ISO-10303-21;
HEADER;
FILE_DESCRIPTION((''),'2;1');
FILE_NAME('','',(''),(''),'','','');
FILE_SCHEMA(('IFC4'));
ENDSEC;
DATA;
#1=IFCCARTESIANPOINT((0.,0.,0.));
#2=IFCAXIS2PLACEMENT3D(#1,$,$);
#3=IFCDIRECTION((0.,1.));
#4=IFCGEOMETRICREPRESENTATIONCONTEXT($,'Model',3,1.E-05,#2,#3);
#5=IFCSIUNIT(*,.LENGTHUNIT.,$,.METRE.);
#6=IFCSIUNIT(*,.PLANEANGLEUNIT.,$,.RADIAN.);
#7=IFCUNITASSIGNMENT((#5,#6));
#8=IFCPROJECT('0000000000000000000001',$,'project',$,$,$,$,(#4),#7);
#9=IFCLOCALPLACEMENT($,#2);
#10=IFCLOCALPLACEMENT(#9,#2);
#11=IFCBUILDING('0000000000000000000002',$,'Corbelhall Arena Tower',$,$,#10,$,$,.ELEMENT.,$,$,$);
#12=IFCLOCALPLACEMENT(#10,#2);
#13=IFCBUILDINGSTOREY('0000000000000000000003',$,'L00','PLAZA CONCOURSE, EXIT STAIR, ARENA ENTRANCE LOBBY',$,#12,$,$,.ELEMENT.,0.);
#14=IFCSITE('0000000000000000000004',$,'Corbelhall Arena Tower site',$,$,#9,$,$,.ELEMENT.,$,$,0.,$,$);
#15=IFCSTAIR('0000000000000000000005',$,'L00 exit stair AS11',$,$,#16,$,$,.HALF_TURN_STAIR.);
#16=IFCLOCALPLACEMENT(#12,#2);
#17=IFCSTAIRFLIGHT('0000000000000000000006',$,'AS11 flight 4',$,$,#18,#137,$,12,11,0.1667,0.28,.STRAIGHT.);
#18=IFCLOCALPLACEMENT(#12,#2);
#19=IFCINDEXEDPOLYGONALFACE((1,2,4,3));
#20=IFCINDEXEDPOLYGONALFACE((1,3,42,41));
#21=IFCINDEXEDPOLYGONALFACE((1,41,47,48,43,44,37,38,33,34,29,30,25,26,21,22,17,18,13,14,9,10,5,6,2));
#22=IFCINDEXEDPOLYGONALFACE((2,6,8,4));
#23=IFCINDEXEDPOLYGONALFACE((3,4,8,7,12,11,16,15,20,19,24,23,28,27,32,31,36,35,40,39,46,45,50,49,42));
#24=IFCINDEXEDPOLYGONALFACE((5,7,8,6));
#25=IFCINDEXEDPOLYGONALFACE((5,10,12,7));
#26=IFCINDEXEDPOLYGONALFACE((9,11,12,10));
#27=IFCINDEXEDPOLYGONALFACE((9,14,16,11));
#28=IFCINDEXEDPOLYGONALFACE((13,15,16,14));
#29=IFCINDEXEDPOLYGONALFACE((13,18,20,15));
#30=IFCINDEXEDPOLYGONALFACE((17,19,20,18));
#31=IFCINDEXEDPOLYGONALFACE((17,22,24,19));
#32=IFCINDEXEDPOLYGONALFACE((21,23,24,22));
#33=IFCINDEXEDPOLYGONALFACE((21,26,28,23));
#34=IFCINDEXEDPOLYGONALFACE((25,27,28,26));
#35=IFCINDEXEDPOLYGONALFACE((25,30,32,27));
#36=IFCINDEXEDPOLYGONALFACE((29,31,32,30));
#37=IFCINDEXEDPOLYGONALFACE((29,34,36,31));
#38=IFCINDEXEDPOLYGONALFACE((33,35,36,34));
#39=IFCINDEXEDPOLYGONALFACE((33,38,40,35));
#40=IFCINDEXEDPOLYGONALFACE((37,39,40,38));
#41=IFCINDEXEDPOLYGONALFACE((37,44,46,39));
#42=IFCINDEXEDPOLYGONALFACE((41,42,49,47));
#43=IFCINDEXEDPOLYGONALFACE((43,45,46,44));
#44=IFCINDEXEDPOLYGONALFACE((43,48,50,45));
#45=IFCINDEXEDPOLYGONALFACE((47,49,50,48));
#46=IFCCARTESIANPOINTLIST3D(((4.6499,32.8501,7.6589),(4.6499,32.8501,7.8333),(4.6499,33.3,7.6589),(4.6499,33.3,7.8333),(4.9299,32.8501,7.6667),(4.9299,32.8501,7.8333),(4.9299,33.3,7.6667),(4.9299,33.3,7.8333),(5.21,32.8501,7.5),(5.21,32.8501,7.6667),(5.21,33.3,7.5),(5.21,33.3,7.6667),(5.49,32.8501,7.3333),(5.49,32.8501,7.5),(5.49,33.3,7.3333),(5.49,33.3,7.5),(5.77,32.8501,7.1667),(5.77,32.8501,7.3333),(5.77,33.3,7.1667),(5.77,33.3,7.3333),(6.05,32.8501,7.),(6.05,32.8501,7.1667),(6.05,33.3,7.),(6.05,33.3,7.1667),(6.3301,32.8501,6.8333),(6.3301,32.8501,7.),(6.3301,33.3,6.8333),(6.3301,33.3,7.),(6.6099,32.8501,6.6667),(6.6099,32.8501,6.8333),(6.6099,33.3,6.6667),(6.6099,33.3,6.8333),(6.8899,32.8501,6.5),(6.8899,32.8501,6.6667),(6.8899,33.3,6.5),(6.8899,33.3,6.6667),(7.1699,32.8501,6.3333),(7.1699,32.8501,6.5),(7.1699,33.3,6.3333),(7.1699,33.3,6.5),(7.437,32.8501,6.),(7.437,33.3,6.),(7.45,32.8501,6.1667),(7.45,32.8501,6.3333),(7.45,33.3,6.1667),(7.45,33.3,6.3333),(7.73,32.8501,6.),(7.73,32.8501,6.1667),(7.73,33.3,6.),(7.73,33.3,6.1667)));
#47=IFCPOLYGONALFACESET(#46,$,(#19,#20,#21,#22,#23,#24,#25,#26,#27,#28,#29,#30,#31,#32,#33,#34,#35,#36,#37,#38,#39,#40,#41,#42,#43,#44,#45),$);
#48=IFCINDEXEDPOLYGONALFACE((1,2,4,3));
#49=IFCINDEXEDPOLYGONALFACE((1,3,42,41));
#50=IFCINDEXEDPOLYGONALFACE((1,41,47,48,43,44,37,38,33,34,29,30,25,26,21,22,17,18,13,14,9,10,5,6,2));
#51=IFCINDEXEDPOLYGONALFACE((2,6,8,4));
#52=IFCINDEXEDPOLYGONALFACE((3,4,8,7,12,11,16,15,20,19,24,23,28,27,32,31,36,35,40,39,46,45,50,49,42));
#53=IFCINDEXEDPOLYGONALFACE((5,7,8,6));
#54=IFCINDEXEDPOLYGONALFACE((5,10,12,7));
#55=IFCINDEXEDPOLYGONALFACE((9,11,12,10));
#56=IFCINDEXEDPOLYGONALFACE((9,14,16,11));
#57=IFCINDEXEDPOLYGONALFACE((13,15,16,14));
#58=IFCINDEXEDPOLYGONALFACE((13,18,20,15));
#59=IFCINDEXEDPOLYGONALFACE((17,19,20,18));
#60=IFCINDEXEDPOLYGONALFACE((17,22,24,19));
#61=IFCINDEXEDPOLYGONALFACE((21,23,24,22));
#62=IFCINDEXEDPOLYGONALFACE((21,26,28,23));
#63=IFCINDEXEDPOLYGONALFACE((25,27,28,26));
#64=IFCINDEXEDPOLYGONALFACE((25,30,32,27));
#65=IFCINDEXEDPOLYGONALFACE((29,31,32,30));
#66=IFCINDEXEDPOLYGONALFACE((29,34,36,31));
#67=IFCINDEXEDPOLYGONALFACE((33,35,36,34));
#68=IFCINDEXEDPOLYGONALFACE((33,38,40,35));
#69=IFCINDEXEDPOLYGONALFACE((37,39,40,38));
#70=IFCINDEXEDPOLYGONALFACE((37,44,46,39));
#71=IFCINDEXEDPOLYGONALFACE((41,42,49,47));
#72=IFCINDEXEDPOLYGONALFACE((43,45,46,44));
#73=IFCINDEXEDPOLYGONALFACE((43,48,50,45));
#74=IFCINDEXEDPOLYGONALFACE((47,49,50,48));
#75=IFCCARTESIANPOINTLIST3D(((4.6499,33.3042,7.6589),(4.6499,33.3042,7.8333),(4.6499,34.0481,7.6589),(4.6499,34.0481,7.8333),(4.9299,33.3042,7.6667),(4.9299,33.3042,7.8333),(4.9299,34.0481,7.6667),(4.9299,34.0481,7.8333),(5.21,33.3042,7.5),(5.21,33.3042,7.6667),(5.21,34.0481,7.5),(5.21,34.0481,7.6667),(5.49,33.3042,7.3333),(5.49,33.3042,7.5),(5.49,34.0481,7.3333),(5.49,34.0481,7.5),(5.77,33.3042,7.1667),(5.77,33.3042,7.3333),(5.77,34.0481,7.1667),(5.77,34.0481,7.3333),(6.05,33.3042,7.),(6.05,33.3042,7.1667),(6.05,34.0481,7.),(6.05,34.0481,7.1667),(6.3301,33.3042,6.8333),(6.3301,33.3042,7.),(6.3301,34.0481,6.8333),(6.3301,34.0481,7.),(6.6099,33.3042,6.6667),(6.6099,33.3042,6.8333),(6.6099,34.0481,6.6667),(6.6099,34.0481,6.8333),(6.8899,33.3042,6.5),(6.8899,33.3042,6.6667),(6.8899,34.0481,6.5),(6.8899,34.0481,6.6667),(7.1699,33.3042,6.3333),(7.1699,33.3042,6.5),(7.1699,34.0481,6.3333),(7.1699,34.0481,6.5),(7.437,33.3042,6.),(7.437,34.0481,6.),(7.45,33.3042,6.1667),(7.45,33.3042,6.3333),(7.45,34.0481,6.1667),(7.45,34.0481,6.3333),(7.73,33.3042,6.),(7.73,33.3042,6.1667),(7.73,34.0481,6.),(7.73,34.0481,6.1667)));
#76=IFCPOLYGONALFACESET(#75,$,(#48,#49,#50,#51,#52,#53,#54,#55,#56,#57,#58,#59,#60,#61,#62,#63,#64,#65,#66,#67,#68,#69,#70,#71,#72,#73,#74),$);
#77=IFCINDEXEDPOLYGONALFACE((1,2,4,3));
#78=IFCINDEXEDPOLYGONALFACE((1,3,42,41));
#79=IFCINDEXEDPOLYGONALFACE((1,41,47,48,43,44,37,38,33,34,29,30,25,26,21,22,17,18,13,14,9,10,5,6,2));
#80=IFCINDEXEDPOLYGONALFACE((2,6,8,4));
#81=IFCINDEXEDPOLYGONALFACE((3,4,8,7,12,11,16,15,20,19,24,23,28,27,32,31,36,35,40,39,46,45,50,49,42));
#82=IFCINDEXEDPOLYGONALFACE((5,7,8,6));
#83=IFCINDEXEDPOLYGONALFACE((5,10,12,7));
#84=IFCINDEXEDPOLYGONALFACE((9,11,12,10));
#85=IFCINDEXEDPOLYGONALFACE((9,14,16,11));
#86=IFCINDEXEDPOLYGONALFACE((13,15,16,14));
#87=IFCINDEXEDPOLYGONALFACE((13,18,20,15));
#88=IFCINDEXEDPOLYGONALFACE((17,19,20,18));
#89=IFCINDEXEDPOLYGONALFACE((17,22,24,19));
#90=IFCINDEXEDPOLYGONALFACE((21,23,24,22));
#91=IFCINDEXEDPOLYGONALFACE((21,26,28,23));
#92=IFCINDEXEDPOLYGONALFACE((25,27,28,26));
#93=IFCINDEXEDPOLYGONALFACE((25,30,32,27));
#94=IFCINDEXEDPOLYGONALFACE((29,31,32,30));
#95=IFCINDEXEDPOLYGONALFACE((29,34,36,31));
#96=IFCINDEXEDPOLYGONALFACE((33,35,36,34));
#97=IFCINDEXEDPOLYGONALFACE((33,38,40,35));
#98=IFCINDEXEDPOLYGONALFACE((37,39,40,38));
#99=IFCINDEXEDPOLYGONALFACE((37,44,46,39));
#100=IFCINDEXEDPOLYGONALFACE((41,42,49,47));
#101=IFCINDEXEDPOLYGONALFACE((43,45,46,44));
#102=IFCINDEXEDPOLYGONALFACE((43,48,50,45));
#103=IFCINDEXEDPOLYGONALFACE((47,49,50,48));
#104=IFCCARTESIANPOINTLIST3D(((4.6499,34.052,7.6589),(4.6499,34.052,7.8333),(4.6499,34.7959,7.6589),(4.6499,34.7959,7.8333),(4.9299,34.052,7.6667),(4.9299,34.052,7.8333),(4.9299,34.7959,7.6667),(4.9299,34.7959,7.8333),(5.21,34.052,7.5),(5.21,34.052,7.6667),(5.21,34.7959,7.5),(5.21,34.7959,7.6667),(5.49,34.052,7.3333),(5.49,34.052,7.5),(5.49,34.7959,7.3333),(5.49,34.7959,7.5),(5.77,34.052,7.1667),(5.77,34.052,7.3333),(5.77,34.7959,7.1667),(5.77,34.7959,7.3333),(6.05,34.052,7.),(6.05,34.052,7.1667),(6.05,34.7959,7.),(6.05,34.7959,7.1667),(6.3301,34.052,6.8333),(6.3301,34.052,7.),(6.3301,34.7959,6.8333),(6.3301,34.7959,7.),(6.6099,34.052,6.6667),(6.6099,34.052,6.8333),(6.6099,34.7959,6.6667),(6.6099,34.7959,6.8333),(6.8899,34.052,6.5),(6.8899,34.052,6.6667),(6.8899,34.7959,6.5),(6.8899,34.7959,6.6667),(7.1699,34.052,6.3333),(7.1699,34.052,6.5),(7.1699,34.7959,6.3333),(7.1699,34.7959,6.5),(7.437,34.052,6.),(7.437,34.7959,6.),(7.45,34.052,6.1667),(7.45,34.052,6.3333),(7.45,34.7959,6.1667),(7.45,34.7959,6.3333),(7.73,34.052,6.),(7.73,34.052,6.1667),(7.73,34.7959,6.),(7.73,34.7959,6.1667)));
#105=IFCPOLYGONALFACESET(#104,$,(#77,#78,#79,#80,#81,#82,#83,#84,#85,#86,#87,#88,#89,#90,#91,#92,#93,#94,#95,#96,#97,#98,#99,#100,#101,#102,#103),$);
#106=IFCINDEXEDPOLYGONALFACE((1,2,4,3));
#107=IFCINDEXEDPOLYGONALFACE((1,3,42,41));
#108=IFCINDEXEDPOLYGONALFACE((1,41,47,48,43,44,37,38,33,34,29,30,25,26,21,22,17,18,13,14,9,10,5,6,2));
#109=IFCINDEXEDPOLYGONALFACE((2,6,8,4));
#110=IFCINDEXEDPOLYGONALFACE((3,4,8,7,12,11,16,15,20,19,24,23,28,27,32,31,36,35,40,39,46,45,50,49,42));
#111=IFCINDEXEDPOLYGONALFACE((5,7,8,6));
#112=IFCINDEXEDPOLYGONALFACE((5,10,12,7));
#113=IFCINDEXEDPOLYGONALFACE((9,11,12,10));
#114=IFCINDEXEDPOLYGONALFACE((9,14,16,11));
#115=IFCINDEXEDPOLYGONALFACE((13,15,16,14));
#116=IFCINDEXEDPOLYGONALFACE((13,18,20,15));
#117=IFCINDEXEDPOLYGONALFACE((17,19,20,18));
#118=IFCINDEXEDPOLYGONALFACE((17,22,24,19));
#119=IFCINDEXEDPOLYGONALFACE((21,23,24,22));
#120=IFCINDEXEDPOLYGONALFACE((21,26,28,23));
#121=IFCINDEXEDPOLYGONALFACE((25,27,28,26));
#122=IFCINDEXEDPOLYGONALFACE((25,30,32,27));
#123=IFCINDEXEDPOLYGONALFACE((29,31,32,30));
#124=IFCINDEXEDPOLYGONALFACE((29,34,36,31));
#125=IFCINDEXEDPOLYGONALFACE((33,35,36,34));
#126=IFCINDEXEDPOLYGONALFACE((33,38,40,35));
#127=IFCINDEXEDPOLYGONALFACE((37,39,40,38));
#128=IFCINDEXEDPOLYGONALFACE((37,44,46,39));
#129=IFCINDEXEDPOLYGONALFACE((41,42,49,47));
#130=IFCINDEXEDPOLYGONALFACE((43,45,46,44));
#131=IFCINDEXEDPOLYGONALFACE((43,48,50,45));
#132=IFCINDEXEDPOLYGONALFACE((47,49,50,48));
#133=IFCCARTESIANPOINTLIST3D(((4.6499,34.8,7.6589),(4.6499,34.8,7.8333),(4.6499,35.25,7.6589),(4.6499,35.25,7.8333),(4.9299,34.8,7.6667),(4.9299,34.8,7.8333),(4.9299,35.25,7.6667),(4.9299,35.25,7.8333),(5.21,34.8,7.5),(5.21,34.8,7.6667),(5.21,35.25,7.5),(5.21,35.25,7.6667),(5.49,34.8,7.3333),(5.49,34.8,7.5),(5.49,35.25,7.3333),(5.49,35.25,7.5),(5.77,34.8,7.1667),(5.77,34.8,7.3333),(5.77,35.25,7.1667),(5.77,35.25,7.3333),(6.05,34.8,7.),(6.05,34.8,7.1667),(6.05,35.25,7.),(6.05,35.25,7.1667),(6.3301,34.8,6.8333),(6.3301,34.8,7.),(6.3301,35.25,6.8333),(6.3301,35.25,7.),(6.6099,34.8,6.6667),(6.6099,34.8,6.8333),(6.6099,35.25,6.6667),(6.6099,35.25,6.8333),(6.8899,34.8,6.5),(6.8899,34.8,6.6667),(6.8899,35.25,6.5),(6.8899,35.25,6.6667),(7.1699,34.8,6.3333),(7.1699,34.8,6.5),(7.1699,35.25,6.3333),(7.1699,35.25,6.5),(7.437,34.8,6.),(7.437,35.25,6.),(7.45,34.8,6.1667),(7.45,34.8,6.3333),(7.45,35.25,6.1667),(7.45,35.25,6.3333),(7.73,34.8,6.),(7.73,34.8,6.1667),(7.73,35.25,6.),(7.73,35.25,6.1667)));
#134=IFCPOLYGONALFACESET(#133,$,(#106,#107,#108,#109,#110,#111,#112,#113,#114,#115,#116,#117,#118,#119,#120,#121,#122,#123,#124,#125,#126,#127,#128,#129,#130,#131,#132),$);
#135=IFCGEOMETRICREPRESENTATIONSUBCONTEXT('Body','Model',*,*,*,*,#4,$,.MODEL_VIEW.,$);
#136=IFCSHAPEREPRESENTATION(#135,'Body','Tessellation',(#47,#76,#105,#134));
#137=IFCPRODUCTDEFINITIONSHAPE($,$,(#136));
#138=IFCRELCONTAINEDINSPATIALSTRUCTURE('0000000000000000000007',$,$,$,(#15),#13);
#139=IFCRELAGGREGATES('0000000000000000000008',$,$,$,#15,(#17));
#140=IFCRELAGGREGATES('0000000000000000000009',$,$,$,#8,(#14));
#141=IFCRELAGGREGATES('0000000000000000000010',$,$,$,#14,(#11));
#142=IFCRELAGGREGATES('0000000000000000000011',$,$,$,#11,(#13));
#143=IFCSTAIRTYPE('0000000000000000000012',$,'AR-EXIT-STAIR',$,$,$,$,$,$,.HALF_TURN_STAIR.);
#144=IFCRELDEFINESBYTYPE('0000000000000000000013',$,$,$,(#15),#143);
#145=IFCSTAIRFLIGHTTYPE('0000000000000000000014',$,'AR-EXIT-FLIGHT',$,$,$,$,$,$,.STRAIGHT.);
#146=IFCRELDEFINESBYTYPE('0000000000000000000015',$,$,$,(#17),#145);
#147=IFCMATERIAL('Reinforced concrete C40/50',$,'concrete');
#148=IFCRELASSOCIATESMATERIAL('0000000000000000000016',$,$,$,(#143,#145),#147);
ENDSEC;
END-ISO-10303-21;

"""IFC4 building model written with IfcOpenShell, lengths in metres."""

from ifc_helpers import new_model, si_unit, direction, frame, origin, place, context, subcontext, project, spatial, polyline, outline, extrude, material, type_object, element, aggregate, save


model = new_model("IFC4")

# Units and contexts
model_context = context("Model", 3, precision=1e-05, world=origin(), true_north=direction((0.0, 1.0)))
body_context = subcontext(model_context, "Body", "Model", "MODEL_VIEW")
ifc_project = project(units=[si_unit("LENGTHUNIT", "METRE"), si_unit("PLANEANGLEUNIT", "RADIAN")], contexts=[model_context])

# Site, building, storey
site_placement = place(None, origin())
site = spatial("IfcSite", under=ifc_project, at=site_placement, Name="Corbelhall Arena Tower site", CompositionType="ELEMENT", RefElevation=0.0)
building_placement = place(site_placement, origin())
building = spatial("IfcBuilding", under=site, at=building_placement, Name="Corbelhall Arena Tower", CompositionType="ELEMENT")
storey_placement = place(building_placement, origin())
storey = spatial("IfcBuildingStorey", under=building, at=storey_placement, Name="L00", Description="PLAZA CONCOURSE, EXIT STAIR, ARENA ENTRANCE LOBBY", CompositionType="ELEMENT", Elevation=0.0)

# Shared definitions
ifc_material_1 = material(Name="Reinforced concrete C40/50", Category="concrete")

# Stair, stair flight
stair_type = type_object("IfcStairType", Name="AR-EXIT-STAIR", PredefinedType="HALF_TURN_STAIR", material=ifc_material_1)
stair_1_placement = place(storey_placement, origin())
stair_1 = element("IfcStair", 1, at=stair_1_placement, inside=storey, type_object=stair_type, Name="L00 exit stair AS11", PredefinedType="HALF_TURN_STAIR")
stair_flight_type = type_object("IfcStairFlightType", Name="AR-EXIT-FLIGHT", PredefinedType="STRAIGHT", material=ifc_material_1)
stair_flight_1_placement = place(storey_placement, frame((7.73, 34.05, 6.0), z_axis=(0.0, 0.0, 1.0), x_axis=(-1.0, 0.0, 0.0)))
stair_flight_1 = element("IfcStairFlight", 2, at=stair_flight_1_placement, type_object=stair_flight_type, Name="AS11 flight 4", NumberOfRisers=12, NumberOfTreads=11, PredefinedType="STRAIGHT", RiserHeight=0.1667, TreadLength=0.28, context=body_context, shape_type="SweptSolid", body=[
    extrude(outline(polyline([(0.0, 0.0), (0.0, 0.1667), (0.28, 0.1667), (0.28, 0.3333), (0.5601, 0.3333), (0.5601, 0.5), (0.8401, 0.5), (0.8401, 0.6667), (1.1201, 0.6667), (1.1201, 0.8333), (1.3999, 0.8333), (1.3999, 1.0), (1.6799, 1.0), (1.6799, 1.1667), (1.96, 1.1667), (1.96, 1.3333), (2.24, 1.3333), (2.24, 1.5), (2.52, 1.5), (2.52, 1.6667), (2.8, 1.6667), (2.8, 1.8333), (3.0801, 1.8333), (3.0801, 2.0), (3.0801, 1.6589), (0.293, 0.0), (0.0, 0.0)])), frame((0.0, 1.2, 0.0), z_axis=(0.0, -1.0, 0.0), x_axis=(1.0, 0.0, 0.0)), (0.0, 0.0, 1.0), 0.45),
    extrude(outline(polyline([(0.0, 0.0), (0.0, 0.1667), (0.28, 0.1667), (0.28, 0.3333), (0.5601, 0.3333), (0.5601, 0.5), (0.8401, 0.5), (0.8401, 0.6667), (1.1201, 0.6667), (1.1201, 0.8333), (1.3999, 0.8333), (1.3999, 1.0), (1.6799, 1.0), (1.6799, 1.1667), (1.96, 1.1667), (1.96, 1.3333), (2.24, 1.3333), (2.24, 1.5), (2.52, 1.5), (2.52, 1.6667), (2.8, 1.6667), (2.8, 1.8333), (3.0801, 1.8333), (3.0801, 2.0), (3.0801, 1.6589), (0.293, 0.0), (0.0, 0.0)])), frame((0.0, 0.7458, 0.0), z_axis=(0.0, -1.0, 0.0), x_axis=(1.0, 0.0, 0.0)), (0.0, 0.0, 1.0), 0.7439),
    extrude(outline(polyline([(0.0, 0.0), (0.0, 0.1667), (0.28, 0.1667), (0.28, 0.3333), (0.5601, 0.3333), (0.5601, 0.5), (0.8401, 0.5), (0.8401, 0.6667), (1.1201, 0.6667), (1.1201, 0.8333), (1.3999, 0.8333), (1.3999, 1.0), (1.6799, 1.0), (1.6799, 1.1667), (1.96, 1.1667), (1.96, 1.3333), (2.24, 1.3333), (2.24, 1.5), (2.52, 1.5), (2.52, 1.6667), (2.8, 1.6667), (2.8, 1.8333), (3.0801, 1.8333), (3.0801, 2.0), (3.0801, 1.6589), (0.293, 0.0), (0.0, 0.0)])), frame((0.0, -0.002, 0.0), z_axis=(0.0, -1.0, 0.0), x_axis=(1.0, 0.0, 0.0)), (0.0, 0.0, 1.0), 0.7439),
    extrude(outline(polyline([(0.0, 0.0), (0.0, 0.1667), (0.28, 0.1667), (0.28, 0.3333), (0.5601, 0.3333), (0.5601, 0.5), (0.8401, 0.5), (0.8401, 0.6667), (1.1201, 0.6667), (1.1201, 0.8333), (1.3999, 0.8333), (1.3999, 1.0), (1.6799, 1.0), (1.6799, 1.1667), (1.96, 1.1667), (1.96, 1.3333), (2.24, 1.3333), (2.24, 1.5), (2.52, 1.5), (2.52, 1.6667), (2.8, 1.6667), (2.8, 1.8333), (3.0801, 1.8333), (3.0801, 2.0), (3.0801, 1.6589), (0.293, 0.0), (0.0, 0.0)])), frame((0.0, -0.75, 0.0), z_axis=(0.0, -1.0, 0.0), x_axis=(1.0, 0.0, 0.0)), (0.0, 0.0, 1.0), 0.45),
])
aggregate(stair_1, [stair_flight_1])

save(model, "model.ifc")
